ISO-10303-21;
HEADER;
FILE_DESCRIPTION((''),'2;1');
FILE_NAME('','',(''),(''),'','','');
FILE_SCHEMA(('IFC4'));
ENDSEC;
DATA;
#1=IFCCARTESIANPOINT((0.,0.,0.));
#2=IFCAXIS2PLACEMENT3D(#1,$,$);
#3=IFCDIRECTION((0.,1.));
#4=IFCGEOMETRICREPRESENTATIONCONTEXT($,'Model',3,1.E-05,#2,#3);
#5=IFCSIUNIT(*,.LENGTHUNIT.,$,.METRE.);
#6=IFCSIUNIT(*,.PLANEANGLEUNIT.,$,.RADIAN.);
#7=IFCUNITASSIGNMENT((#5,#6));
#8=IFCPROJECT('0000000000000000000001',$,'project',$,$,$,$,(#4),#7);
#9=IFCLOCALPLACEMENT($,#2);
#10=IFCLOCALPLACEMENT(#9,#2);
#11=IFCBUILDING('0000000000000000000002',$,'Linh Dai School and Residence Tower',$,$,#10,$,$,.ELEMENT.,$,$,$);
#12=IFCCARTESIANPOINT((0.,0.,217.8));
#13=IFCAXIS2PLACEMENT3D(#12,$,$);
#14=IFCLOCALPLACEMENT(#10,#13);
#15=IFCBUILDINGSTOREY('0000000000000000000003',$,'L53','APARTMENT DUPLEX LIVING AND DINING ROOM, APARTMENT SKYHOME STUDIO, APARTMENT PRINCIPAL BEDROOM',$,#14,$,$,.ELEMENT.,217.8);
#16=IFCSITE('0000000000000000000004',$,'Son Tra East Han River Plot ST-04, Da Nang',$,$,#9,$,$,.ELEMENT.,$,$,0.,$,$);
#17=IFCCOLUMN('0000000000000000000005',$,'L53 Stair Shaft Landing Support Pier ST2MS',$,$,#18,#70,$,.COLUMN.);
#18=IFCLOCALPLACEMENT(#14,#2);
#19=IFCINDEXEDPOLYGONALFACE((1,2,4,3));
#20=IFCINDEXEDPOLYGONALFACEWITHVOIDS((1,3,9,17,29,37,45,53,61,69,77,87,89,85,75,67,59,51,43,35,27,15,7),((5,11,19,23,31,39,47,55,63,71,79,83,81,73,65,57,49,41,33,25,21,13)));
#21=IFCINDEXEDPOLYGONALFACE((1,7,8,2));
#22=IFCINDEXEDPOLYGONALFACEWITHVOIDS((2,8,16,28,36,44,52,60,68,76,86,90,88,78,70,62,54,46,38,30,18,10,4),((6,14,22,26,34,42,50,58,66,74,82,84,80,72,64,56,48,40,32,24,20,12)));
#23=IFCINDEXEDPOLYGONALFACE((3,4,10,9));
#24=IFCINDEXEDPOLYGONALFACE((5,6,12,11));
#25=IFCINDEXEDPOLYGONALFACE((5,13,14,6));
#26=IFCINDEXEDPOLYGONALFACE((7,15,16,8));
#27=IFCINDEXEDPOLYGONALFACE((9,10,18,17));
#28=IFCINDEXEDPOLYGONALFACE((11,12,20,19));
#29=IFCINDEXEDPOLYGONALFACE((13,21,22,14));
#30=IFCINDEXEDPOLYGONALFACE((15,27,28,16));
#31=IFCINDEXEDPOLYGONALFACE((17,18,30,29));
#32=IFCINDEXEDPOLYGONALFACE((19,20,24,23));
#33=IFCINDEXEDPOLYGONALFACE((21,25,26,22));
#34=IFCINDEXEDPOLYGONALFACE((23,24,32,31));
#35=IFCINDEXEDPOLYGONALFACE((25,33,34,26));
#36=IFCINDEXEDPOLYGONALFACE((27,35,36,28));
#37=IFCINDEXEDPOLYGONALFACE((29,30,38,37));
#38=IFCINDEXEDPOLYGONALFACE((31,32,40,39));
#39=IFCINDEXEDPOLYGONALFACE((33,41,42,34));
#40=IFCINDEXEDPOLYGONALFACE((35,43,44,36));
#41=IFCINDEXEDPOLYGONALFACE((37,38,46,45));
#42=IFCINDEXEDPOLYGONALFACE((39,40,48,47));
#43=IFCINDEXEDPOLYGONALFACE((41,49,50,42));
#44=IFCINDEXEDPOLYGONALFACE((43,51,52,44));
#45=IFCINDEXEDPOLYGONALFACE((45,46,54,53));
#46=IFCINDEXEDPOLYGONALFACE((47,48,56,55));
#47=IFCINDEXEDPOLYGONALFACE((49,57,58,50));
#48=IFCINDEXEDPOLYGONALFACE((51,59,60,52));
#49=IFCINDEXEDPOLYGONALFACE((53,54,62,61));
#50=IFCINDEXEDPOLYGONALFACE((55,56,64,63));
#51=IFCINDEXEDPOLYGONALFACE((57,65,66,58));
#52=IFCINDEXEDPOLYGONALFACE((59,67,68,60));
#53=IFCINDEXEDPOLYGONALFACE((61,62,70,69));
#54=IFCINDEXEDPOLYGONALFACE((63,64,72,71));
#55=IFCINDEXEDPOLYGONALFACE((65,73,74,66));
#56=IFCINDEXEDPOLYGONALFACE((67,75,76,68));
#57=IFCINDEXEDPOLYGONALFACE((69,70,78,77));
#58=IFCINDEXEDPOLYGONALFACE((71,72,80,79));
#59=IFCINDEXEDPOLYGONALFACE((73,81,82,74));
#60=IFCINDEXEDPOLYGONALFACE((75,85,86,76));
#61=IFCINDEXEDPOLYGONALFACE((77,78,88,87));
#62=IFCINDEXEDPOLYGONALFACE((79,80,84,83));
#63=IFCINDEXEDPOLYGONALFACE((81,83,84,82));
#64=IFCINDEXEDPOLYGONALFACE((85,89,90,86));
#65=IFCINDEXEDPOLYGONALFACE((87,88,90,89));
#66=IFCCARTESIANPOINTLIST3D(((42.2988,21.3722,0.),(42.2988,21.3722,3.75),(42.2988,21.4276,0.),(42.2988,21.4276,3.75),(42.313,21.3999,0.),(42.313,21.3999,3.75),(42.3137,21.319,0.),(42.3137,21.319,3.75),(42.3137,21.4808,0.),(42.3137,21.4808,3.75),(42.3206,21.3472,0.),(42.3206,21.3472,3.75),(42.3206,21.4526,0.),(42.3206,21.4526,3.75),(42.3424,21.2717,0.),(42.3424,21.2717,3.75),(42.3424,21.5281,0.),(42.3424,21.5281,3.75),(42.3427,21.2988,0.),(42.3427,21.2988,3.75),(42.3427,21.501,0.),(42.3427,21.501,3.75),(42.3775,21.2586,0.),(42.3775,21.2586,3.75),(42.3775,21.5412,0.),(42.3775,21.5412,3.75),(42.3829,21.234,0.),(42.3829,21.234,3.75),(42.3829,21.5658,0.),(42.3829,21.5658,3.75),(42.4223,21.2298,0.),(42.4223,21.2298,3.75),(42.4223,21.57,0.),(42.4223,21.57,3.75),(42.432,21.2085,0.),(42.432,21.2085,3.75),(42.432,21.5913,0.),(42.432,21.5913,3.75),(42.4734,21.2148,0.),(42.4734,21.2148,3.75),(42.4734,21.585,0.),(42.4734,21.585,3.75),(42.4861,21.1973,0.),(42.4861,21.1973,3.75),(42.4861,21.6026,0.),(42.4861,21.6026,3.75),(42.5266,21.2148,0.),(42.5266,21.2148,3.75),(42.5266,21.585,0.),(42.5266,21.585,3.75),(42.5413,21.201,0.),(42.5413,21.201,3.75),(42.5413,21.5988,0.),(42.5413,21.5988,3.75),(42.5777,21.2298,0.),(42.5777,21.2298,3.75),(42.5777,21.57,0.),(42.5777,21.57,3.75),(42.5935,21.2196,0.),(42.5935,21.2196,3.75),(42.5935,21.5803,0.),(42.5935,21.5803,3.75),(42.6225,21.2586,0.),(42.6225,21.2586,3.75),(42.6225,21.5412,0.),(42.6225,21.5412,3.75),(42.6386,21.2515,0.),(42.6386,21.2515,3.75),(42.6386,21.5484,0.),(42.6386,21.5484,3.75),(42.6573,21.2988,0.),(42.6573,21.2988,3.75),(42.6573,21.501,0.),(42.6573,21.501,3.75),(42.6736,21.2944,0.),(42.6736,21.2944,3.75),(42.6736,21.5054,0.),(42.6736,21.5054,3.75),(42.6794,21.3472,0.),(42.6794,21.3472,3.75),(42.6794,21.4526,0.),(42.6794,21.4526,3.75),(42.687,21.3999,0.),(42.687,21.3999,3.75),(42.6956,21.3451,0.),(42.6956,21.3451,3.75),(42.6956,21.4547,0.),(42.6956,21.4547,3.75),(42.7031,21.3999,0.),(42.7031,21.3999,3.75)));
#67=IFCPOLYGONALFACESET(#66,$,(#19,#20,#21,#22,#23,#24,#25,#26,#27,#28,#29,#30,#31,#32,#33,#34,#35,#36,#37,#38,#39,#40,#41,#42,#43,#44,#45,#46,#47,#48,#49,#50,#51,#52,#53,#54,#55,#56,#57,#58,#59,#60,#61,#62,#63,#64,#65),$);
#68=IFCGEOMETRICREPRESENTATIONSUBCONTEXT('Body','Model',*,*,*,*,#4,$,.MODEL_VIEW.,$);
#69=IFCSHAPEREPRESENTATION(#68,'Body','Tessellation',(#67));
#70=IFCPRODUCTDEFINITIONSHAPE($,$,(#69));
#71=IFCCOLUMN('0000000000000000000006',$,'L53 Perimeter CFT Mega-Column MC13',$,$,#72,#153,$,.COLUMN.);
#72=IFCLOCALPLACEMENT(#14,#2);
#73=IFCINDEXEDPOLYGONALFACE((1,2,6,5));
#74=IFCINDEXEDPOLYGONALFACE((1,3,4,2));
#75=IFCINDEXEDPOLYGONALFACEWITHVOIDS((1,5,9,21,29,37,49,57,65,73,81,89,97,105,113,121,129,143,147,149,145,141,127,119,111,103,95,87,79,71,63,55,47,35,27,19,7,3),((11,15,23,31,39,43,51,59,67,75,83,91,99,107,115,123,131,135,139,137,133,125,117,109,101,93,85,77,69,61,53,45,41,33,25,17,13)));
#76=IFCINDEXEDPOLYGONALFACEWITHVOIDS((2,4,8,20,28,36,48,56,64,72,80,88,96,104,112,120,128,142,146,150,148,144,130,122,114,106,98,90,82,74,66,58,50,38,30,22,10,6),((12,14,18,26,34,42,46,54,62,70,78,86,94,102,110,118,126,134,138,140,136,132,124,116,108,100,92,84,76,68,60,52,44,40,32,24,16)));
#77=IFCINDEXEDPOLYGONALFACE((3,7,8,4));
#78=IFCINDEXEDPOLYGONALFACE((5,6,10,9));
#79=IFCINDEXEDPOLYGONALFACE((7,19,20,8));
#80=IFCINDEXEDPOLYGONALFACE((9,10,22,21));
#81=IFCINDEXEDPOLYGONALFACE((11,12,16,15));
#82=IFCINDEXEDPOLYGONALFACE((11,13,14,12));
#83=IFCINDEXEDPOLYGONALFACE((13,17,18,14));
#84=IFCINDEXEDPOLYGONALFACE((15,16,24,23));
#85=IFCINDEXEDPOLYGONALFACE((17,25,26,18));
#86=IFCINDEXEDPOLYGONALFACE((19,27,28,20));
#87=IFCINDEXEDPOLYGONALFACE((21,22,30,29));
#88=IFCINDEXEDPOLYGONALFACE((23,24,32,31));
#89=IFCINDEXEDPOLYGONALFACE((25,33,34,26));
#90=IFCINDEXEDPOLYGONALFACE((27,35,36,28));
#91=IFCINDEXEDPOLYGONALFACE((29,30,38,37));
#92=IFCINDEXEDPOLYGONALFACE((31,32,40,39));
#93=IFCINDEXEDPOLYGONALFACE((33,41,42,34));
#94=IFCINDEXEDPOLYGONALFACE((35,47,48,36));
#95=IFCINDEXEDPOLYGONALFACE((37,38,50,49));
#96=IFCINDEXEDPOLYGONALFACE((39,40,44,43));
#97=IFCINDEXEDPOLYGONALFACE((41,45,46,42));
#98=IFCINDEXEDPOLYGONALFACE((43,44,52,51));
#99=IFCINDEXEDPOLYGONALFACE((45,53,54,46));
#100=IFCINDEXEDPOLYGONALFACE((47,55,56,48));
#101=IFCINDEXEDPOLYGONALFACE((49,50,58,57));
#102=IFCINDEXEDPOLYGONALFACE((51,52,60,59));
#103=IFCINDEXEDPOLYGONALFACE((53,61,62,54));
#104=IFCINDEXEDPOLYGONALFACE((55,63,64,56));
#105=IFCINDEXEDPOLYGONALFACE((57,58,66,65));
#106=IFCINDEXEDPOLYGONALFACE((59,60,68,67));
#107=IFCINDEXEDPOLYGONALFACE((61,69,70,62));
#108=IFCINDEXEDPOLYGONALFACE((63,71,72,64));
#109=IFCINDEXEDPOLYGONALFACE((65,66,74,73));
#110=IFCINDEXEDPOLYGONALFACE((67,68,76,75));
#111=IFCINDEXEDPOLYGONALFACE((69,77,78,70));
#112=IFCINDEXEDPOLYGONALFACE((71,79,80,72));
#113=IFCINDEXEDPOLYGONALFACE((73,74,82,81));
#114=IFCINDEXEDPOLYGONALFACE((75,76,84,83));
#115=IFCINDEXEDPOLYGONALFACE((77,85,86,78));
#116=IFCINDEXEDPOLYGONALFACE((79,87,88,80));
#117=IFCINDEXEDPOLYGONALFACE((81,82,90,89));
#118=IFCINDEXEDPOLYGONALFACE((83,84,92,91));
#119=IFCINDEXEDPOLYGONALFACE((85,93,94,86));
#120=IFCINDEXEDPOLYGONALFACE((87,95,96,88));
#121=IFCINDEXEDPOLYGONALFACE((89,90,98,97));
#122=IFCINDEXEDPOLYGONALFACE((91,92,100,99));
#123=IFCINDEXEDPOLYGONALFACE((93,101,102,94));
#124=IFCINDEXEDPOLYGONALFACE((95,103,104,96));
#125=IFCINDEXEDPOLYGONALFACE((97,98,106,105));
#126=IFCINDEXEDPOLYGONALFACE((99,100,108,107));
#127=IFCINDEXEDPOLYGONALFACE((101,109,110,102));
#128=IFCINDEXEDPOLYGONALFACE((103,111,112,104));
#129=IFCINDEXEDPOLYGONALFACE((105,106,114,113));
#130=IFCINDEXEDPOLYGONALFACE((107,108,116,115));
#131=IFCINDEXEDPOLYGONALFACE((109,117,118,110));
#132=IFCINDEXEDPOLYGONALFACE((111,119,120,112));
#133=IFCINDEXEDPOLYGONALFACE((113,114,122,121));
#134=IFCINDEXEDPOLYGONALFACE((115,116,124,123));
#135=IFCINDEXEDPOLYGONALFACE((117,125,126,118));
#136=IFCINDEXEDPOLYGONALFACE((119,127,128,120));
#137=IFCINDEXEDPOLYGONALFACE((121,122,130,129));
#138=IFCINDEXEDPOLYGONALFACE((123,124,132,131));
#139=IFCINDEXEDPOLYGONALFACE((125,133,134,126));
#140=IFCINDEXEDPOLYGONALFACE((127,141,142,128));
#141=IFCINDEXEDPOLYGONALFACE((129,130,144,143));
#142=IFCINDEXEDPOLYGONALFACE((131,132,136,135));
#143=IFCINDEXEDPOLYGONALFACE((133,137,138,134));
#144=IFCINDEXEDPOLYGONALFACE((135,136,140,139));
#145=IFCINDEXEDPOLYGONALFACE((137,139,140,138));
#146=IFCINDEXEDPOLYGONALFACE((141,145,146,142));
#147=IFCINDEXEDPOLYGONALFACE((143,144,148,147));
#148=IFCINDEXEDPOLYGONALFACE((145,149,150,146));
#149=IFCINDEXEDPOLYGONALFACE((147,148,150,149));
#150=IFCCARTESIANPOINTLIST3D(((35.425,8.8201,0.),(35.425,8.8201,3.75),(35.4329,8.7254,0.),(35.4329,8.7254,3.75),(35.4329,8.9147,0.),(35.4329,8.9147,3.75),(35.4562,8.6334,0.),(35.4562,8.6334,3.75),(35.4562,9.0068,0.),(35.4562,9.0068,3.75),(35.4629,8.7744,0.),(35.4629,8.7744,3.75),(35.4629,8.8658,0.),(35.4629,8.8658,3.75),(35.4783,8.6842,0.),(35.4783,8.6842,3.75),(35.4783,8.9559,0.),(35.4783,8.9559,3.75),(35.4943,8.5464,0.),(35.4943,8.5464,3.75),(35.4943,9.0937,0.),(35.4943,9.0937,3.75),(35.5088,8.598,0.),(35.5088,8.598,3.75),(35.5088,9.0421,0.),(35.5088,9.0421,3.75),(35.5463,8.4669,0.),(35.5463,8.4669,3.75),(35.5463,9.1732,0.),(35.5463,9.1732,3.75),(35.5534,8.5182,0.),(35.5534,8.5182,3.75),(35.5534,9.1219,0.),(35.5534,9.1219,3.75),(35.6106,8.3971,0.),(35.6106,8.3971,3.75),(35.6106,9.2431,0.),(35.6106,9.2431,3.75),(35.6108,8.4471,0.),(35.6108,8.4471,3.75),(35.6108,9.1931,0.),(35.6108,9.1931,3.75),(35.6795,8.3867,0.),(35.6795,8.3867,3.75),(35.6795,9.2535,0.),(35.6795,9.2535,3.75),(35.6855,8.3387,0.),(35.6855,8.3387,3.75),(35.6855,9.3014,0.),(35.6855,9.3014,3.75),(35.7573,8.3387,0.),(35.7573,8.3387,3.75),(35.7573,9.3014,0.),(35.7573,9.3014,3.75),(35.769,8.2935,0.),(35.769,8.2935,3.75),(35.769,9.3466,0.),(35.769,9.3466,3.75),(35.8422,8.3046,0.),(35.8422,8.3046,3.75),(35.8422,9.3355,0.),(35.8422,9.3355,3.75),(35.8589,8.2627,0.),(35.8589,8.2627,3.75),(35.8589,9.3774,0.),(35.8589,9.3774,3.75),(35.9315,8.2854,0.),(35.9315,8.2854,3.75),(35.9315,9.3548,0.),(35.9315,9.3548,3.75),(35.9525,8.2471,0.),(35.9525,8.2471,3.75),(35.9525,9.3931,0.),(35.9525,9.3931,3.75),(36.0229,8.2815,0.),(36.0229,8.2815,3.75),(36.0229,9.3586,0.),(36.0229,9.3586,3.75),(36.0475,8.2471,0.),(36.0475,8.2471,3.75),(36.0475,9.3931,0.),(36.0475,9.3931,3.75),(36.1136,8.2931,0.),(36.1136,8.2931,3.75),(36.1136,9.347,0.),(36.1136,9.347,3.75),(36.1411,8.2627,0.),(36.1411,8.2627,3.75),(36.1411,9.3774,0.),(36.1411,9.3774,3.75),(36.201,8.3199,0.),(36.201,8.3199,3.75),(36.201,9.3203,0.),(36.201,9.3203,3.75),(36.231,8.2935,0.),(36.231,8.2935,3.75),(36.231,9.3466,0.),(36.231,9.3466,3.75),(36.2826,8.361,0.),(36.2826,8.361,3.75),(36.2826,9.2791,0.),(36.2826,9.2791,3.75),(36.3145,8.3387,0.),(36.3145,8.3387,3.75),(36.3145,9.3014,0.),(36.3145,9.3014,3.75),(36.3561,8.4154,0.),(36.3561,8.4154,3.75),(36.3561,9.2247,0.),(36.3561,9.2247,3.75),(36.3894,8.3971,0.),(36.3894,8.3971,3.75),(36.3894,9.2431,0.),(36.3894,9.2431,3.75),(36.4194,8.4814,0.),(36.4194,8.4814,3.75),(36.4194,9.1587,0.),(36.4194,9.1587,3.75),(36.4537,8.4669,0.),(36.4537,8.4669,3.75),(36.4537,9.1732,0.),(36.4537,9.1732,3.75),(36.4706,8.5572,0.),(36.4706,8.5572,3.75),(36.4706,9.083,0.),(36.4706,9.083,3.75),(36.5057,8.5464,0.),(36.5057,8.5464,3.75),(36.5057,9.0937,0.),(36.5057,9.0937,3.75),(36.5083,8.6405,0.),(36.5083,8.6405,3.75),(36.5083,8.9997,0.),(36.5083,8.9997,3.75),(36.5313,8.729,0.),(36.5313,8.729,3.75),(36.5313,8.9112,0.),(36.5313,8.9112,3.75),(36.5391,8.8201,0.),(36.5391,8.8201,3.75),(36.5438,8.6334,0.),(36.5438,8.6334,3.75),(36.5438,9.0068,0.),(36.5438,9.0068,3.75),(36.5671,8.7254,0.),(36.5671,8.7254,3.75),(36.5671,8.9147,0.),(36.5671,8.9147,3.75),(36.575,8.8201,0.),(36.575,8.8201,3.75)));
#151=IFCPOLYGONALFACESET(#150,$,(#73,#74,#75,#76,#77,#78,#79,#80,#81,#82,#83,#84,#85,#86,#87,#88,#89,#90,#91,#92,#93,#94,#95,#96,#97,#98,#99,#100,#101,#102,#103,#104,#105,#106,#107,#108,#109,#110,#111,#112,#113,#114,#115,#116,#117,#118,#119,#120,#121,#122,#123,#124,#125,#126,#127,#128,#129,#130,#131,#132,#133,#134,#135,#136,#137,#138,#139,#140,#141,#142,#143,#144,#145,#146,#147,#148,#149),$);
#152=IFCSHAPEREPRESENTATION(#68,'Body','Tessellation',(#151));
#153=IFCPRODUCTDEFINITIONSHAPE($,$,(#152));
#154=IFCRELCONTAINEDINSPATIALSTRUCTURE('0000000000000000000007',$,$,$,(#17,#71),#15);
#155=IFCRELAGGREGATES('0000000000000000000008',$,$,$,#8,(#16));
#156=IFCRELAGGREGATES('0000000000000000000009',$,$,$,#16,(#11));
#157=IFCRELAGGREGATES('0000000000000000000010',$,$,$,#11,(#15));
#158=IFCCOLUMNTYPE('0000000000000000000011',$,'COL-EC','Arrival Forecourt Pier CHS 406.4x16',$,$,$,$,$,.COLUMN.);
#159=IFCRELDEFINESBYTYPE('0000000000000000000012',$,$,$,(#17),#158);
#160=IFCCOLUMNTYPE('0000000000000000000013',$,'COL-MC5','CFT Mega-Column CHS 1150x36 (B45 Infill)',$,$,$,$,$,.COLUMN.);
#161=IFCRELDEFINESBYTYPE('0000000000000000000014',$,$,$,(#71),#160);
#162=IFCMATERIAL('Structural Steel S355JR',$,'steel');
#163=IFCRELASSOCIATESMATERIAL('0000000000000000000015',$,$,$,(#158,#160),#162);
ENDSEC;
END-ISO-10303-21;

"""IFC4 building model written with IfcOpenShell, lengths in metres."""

from ifc_helpers import new_model, si_unit, direction, frame, origin, origin_2d, place, context, subcontext, project, spatial, hollow_circle, extrude, material, material_profile, profile_set, type_object, element, save


model = new_model("IFC4")

# Units and contexts
model_context = context("Model", 3, precision=1e-05, world=origin(), true_north=direction((0.0, 1.0)))
body_context = subcontext(model_context, "Body", "Model", "MODEL_VIEW")
ifc_project = project(units=[si_unit("LENGTHUNIT", "METRE"), si_unit("PLANEANGLEUNIT", "RADIAN")], contexts=[model_context])

# Site, building, storey
site_placement = place(None, origin())
site = spatial("IfcSite", under=ifc_project, at=site_placement, Name="Son Tra East Han River Plot ST-04, Da Nang", CompositionType="ELEMENT", RefElevation=0.0)
building_placement = place(site_placement, origin())
building = spatial("IfcBuilding", under=site, at=building_placement, Name="Linh Dai School and Residence Tower", CompositionType="ELEMENT")
storey_placement = place(building_placement, frame((0.0, 0.0, 217.8)))
storey = spatial("IfcBuildingStorey", under=building, at=storey_placement, Name="L53", Description="APARTMENT DUPLEX LIVING AND DINING ROOM, APARTMENT SKYHOME STUDIO, APARTMENT PRINCIPAL BEDROOM", CompositionType="ELEMENT", Elevation=217.8)

# Columns
ifc_material_1 = material(Name="Structural Steel S355JR", Category="steel")
ifc_material_profile_1 = material_profile(ifc_material_1, hollow_circle(Radius=0.2031, WallThickness=0.0161, at=origin_2d()), Name="CHS 406.4x16")
ifc_profile_set_1 = profile_set([ifc_material_profile_1], Name="Structural Steel S355JR")
column_type_1 = type_object("IfcColumnType", Name="COL-EC", Description="Arrival Forecourt Pier CHS 406.4x16", PredefinedType="COLUMN", material=ifc_profile_set_1)
column_placement = place(storey_placement, frame((42.5, 21.3999, 0.0), z_axis=(0.0, 0.0, 1.0), x_axis=(1.0, 0.0, 0.0)))
element("IfcColumn", 1, at=column_placement, inside=storey, type_object=column_type_1, Name="L53 Stair Shaft Landing Support Pier ST2MS", PredefinedType="COLUMN", context=body_context, shape_type="SweptSolid", body=[
    extrude(hollow_circle(Radius=0.2031, WallThickness=0.0161, at=origin_2d()), origin(), (0.0, 0.0, 1.0), 3.75),
])
ifc_material_profile_2 = material_profile(ifc_material_1, hollow_circle(Radius=0.575, WallThickness=0.0359, at=origin_2d()), Name="CHS 1150x36")
ifc_profile_set_2 = profile_set([ifc_material_profile_2], Name="Structural Steel S355JR")
column_type_2 = type_object("IfcColumnType", Name="COL-MC5", Description="CFT Mega-Column CHS 1150x36 (B45 Infill)", PredefinedType="COLUMN", material=ifc_profile_set_2)
for number, where, z_axis, x_axis, name in (
    (2, (36.0, 8.8201, 0.0), (0.0, 0.0, 1.0), (1.0, 0.0, 0.0), "L53 Perimeter CFT Mega-Column MC13"),
):
    element("IfcColumn", number, at=place(storey_placement, frame(where, z_axis=z_axis, x_axis=x_axis)), inside=storey, type_object=column_type_2, Name=name, PredefinedType="COLUMN", context=body_context, shape_type="SweptSolid", body=[
        extrude(hollow_circle(Radius=0.575, WallThickness=0.0359, at=origin_2d()), origin(), (0.0, 0.0, 1.0), 3.75),
    ])

save(model, "model.ifc")
